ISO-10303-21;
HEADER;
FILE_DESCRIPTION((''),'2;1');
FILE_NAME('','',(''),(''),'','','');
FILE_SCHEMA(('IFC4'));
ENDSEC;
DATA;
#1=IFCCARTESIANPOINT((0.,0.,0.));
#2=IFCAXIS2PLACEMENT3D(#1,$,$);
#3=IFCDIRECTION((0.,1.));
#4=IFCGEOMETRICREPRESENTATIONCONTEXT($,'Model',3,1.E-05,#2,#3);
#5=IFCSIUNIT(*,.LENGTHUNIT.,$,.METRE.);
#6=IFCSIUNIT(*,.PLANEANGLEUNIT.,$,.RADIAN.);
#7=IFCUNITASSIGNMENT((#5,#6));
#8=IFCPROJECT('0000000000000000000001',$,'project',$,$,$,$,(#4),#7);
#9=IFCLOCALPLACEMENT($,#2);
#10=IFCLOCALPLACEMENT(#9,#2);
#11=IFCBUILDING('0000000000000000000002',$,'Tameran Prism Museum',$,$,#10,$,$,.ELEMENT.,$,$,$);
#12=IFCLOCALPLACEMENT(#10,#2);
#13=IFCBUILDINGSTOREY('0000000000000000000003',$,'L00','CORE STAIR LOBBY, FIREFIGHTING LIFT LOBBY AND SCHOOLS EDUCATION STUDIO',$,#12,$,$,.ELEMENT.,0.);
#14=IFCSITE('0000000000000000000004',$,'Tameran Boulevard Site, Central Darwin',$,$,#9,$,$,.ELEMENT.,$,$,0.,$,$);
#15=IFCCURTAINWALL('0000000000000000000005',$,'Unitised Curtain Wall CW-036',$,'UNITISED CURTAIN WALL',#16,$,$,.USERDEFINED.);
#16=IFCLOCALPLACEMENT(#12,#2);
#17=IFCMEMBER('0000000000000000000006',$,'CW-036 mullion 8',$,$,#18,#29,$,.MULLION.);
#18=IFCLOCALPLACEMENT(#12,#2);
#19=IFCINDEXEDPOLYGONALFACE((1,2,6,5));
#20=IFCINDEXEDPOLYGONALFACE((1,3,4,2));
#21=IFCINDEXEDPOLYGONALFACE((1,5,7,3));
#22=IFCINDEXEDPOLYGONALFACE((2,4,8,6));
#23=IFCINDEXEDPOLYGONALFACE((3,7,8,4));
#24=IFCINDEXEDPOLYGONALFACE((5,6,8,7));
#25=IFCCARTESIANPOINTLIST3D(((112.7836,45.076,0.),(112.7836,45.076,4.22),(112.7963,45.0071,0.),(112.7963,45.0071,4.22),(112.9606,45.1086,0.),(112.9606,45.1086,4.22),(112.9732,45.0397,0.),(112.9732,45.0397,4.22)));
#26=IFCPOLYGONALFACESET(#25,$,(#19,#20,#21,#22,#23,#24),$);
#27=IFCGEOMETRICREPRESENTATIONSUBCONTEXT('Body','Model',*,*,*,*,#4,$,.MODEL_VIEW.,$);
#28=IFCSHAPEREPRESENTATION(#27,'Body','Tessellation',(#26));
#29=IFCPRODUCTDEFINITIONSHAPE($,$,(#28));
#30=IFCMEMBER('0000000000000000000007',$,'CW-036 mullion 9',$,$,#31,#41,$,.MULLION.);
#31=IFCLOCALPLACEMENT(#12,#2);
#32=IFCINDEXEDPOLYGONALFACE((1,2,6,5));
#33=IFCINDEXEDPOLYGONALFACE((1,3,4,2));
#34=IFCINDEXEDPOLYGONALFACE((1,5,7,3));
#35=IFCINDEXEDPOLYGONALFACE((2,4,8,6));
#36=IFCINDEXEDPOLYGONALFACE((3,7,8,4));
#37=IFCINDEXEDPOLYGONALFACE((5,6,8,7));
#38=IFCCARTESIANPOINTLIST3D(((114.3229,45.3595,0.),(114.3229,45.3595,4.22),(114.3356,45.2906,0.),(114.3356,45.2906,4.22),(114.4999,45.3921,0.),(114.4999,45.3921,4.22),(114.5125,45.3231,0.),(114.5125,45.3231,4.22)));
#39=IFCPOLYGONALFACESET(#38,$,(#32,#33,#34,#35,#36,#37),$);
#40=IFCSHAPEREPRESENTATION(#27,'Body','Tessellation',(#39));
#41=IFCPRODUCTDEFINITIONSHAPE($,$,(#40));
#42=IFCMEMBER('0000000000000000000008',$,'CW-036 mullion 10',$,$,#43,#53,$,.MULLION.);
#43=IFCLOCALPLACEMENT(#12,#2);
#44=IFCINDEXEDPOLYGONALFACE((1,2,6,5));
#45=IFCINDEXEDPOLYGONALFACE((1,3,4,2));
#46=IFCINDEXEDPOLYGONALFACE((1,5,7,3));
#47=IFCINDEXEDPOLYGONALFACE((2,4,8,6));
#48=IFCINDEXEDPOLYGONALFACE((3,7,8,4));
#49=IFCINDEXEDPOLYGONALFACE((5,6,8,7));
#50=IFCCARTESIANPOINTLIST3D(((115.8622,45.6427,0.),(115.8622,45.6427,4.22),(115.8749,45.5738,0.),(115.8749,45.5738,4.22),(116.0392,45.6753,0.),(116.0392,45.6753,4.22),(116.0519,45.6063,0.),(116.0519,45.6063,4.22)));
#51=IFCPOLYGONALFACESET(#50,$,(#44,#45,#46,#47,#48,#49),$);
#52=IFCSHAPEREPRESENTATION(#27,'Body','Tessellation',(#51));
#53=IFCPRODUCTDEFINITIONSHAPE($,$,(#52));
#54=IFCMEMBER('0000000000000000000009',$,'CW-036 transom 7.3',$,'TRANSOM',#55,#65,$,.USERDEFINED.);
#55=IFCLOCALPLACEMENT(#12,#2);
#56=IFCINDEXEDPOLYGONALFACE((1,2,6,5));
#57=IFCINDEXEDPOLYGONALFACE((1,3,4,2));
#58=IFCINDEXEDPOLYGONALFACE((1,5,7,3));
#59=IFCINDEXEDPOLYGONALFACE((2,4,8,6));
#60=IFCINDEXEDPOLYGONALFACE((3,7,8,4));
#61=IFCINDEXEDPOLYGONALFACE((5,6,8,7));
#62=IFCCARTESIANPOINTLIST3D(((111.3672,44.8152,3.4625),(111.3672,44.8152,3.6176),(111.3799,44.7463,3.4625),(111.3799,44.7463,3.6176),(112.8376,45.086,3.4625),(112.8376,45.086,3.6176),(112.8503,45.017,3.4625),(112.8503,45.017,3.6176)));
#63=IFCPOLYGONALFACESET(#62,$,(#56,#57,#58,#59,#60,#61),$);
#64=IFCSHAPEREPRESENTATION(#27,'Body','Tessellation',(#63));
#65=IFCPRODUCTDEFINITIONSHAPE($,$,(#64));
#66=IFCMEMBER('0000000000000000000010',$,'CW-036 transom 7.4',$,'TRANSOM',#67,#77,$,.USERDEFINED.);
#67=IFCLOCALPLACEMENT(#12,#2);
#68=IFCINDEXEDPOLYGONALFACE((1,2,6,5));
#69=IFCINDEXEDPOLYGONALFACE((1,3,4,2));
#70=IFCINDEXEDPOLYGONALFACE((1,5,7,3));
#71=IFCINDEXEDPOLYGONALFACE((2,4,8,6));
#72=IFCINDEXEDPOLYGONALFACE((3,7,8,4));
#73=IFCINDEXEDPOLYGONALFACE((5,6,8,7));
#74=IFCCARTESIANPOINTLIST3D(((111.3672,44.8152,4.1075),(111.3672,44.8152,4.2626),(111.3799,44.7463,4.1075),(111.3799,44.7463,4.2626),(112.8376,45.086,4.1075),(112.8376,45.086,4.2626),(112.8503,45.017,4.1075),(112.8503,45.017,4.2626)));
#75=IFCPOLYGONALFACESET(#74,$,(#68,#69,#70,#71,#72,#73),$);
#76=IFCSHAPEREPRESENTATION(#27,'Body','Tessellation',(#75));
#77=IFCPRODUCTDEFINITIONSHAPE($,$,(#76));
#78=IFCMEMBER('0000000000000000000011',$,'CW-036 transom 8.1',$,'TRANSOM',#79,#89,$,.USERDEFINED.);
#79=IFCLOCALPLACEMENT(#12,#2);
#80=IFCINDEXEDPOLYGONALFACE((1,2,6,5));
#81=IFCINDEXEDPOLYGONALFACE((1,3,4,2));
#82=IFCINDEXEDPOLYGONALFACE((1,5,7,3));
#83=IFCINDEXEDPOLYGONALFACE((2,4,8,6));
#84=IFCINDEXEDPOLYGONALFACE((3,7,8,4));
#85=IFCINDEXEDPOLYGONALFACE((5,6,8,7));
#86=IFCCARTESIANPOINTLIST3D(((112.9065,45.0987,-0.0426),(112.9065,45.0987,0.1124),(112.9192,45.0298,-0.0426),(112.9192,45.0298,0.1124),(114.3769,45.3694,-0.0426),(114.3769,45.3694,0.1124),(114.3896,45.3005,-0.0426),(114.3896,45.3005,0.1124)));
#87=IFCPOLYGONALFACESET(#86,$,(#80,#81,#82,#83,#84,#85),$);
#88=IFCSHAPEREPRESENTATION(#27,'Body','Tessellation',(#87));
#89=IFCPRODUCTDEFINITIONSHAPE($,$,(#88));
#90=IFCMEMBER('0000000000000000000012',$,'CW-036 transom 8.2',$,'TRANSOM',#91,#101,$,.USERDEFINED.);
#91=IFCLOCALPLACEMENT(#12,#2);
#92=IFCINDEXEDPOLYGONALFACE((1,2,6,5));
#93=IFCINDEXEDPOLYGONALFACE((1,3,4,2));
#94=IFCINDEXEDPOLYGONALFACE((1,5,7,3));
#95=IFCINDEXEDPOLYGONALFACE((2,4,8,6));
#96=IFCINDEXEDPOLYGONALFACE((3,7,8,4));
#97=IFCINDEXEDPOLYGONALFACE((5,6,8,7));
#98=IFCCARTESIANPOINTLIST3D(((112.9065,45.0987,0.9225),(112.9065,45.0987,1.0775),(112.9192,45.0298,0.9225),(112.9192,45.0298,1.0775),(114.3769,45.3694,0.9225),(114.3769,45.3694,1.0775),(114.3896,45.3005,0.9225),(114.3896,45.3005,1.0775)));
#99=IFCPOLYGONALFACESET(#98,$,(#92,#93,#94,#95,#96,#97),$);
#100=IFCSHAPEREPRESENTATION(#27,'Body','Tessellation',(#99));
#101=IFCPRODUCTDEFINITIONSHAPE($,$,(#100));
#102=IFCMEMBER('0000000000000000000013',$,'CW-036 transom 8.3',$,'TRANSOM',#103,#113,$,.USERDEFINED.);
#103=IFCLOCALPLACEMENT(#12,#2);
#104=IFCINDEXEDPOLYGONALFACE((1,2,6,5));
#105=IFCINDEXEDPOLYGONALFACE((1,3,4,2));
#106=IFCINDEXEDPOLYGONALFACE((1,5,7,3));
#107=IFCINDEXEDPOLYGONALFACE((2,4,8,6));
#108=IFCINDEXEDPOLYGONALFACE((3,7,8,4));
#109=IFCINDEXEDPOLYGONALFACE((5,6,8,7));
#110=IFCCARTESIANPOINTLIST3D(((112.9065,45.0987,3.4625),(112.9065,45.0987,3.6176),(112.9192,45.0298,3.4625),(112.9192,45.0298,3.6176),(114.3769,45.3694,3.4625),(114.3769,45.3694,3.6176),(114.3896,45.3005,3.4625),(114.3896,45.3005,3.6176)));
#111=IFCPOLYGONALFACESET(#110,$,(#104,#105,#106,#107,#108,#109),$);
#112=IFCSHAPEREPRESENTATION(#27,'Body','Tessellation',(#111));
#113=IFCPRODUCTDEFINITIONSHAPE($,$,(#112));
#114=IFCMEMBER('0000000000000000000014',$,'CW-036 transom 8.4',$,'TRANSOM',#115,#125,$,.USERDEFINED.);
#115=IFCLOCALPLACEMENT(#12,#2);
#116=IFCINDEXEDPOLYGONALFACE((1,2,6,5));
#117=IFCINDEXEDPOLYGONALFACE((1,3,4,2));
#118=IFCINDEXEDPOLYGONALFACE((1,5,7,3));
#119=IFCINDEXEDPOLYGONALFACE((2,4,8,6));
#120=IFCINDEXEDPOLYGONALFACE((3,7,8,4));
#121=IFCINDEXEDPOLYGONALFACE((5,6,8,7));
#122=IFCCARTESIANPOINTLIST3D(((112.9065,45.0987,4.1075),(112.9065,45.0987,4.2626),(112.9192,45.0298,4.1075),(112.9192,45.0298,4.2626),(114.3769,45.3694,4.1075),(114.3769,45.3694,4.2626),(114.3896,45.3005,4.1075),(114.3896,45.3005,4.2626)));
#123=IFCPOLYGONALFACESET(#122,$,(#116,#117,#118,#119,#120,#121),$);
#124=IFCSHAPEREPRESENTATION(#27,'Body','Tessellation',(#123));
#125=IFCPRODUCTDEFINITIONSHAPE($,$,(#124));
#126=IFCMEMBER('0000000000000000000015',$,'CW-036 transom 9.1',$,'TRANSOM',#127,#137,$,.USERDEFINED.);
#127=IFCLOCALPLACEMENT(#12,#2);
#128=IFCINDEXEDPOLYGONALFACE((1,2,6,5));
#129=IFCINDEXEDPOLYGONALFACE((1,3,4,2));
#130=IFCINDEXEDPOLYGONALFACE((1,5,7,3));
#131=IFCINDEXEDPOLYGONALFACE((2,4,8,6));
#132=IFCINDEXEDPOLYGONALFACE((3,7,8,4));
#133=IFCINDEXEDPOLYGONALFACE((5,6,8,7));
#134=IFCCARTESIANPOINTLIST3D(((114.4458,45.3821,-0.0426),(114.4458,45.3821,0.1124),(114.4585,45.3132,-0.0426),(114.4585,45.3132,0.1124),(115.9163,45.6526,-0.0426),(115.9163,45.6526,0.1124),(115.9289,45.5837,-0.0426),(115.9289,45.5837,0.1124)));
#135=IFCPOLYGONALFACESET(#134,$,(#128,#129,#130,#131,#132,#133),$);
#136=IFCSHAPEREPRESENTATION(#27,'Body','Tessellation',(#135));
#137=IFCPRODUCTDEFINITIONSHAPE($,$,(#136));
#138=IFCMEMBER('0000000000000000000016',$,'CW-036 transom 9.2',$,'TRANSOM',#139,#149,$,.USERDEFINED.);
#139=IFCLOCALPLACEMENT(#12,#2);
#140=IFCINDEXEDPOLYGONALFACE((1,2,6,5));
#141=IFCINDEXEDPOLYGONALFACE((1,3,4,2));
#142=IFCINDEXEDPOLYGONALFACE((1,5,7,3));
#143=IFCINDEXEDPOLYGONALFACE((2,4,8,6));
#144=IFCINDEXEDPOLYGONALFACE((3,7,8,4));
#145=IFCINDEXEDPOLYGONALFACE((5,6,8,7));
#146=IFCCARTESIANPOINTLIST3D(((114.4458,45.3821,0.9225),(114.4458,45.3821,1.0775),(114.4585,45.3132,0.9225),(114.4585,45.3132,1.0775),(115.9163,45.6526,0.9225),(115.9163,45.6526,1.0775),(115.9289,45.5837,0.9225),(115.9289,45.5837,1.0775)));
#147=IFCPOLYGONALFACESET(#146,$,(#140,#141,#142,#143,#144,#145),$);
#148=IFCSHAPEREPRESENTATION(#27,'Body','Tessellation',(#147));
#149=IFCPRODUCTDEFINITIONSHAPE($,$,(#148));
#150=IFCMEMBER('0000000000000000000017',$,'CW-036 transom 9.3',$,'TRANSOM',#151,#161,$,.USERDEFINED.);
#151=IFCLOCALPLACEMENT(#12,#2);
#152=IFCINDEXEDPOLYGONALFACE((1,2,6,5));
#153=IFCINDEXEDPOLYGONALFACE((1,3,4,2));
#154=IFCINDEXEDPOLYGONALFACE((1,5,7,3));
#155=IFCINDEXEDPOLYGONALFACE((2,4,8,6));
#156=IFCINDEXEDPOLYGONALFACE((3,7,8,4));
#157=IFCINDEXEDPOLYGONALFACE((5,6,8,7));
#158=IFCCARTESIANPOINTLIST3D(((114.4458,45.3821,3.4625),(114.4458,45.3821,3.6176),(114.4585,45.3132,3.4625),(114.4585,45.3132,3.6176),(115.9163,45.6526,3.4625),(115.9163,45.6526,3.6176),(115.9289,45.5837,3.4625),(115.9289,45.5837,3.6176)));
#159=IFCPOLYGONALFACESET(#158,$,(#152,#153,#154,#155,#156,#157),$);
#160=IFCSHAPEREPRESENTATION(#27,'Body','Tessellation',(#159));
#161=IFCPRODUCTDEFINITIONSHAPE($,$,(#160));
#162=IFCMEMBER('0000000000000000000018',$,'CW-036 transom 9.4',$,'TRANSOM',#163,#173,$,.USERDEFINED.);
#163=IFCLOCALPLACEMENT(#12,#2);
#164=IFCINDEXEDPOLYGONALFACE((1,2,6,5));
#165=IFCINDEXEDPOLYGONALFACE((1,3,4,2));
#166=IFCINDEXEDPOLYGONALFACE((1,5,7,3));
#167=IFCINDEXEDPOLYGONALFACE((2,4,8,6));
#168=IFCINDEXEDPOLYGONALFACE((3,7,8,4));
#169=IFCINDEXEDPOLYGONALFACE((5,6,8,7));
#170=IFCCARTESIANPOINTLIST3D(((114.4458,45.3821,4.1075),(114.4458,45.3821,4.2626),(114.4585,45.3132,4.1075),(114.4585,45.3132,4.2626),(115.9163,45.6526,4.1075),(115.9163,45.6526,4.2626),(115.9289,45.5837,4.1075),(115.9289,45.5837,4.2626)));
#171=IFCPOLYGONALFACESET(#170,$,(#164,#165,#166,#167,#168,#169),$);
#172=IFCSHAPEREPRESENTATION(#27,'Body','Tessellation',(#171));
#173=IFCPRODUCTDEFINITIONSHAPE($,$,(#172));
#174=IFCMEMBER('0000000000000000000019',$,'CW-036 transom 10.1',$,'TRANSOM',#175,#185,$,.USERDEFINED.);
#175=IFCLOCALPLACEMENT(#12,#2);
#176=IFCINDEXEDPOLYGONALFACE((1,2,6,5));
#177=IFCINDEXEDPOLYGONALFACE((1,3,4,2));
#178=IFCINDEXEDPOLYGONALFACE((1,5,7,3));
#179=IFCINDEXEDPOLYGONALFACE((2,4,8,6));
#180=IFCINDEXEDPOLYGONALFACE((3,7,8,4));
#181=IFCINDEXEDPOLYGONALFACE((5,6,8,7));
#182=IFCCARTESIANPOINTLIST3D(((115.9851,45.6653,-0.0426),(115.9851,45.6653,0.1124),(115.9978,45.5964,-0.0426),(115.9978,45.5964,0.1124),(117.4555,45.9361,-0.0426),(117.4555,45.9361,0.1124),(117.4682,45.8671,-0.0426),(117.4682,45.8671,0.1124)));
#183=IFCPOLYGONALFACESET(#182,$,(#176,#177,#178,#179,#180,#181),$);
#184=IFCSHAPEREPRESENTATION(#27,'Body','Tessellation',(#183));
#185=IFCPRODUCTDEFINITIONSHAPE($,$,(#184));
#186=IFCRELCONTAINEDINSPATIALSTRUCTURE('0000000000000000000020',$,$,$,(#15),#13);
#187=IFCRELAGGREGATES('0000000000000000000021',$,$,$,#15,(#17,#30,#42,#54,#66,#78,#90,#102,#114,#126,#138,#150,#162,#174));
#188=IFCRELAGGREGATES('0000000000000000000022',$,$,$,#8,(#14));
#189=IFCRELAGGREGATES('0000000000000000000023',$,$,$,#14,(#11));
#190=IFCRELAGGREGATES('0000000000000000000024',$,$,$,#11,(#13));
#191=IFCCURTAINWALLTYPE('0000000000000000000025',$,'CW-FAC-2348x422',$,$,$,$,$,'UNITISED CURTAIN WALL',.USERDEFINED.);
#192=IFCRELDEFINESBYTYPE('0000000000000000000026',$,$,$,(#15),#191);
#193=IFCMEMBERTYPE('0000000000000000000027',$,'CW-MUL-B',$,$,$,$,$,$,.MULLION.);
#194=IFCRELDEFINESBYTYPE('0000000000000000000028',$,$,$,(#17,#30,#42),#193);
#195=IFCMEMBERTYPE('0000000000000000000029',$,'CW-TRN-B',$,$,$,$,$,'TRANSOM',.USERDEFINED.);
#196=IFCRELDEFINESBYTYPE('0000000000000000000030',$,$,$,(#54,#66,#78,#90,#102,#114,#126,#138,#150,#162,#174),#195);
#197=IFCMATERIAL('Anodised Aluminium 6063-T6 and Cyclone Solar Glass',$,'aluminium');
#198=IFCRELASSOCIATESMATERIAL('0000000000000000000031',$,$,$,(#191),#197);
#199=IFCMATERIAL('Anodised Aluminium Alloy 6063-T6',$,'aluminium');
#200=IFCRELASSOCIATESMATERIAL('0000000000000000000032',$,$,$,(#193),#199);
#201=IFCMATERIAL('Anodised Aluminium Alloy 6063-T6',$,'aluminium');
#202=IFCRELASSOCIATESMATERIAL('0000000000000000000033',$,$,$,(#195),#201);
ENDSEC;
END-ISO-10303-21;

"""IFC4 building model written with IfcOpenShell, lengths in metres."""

from ifc_helpers import new_model, si_unit, direction, frame, origin, origin_2d, place, context, subcontext, project, spatial, rectangle, extrude, material, material_profile, profile_set, type_object, element, aggregate, save


model = new_model("IFC4")

# Units and contexts
model_context = context("Model", 3, precision=1e-05, world=origin(), true_north=direction((0.0, 1.0)))
body_context = subcontext(model_context, "Body", "Model", "MODEL_VIEW")
ifc_project = project(units=[si_unit("LENGTHUNIT", "METRE"), si_unit("PLANEANGLEUNIT", "RADIAN")], contexts=[model_context])

# Site, building, storey
site_placement = place(None, origin())
site = spatial("IfcSite", under=ifc_project, at=site_placement, Name="Tameran Boulevard Site, Central Darwin", CompositionType="ELEMENT", RefElevation=0.0)
building_placement = place(site_placement, origin())
building = spatial("IfcBuilding", under=site, at=building_placement, Name="Tameran Prism Museum", CompositionType="ELEMENT")
storey_placement = place(building_placement, origin())
storey = spatial("IfcBuildingStorey", under=building, at=storey_placement, Name="L00", Description="CORE STAIR LOBBY, FIREFIGHTING LIFT LOBBY AND SCHOOLS EDUCATION STUDIO", CompositionType="ELEMENT", Elevation=0.0)

# Curtain wall, members
ifc_material_1 = material(Name="Anodised Aluminium 6063-T6 and Cyclone Solar Glass", Category="aluminium")
curtain_wall_type = type_object("IfcCurtainWallType", Name="CW-FAC-2348x422", ElementType="UNITISED CURTAIN WALL", PredefinedType="USERDEFINED", material=ifc_material_1)
curtain_wall_placement = place(storey_placement, origin())
curtain_wall = element("IfcCurtainWall", 1, at=curtain_wall_placement, inside=storey, type_object=curtain_wall_type, Name="Unitised Curtain Wall CW-036", ObjectType="UNITISED CURTAIN WALL", PredefinedType="USERDEFINED")
ifc_material_2 = material(Name="Anodised Aluminium Alloy 6063-T6", Category="aluminium")
ifc_material_profile_1 = material_profile(ifc_material_2, rectangle(XDim=0.0701, YDim=0.1799, at=origin_2d()))
ifc_profile_set_1 = profile_set([ifc_material_profile_1])
member_type_1 = type_object("IfcMemberType", Name="CW-MUL-B", PredefinedType="MULLION", material=ifc_profile_set_1)
member_1_placement = place(storey_placement, frame((112.8784, 45.0579, 0.0), z_axis=(0.0, 0.0, 1.0), x_axis=(-0.181063, 0.983472, 0.0)))
member_1 = element("IfcMember", 2, at=member_1_placement, type_object=member_type_1, Name="CW-036 mullion 8", PredefinedType="MULLION", context=body_context, shape_type="SweptSolid", body=[
    extrude(rectangle(XDim=0.0701, YDim=0.1799, at=origin_2d()), origin(), (0.0, 0.0, 1.0), 4.22),
])
member_2_placement = place(storey_placement, frame((114.4177, 45.3413, 0.0), z_axis=(0.0, 0.0, 1.0), x_axis=(-0.181063, 0.983472, 0.0)))
member_2 = element("IfcMember", 3, at=member_2_placement, type_object=member_type_1, Name="CW-036 mullion 9", PredefinedType="MULLION", context=body_context, shape_type="SweptSolid", body=[
    extrude(rectangle(XDim=0.0701, YDim=0.1799, at=origin_2d()), origin(), (0.0, 0.0, 1.0), 4.22),
])
member_3_placement = place(storey_placement, frame((115.957, 45.6245, 0.0), z_axis=(0.0, 0.0, 1.0), x_axis=(-0.181063, 0.983472, 0.0)))
member_3 = element("IfcMember", 4, at=member_3_placement, type_object=member_type_1, Name="CW-036 mullion 10", PredefinedType="MULLION", context=body_context, shape_type="SweptSolid", body=[
    extrude(rectangle(XDim=0.0701, YDim=0.1799, at=origin_2d()), origin(), (0.0, 0.0, 1.0), 4.22),
])
ifc_material_3 = material(Name="Anodised Aluminium Alloy 6063-T6", Category="aluminium")
ifc_material_profile_2 = material_profile(ifc_material_3, rectangle(XDim=0.0701, YDim=0.155, at=origin_2d()))
ifc_profile_set_2 = profile_set([ifc_material_profile_2])
member_type_2 = type_object("IfcMemberType", Name="CW-TRN-B", ElementType="TRANSOM", PredefinedType="USERDEFINED", material=ifc_profile_set_2)
member_4_placement = place(storey_placement, frame((111.3735, 44.7808, 3.54), z_axis=(0.983468, 0.181083, 0.0), x_axis=(-0.181083, 0.983468, 0.0)))
member_4 = element("IfcMember", 5, at=member_4_placement, type_object=member_type_2, Name="CW-036 transom 7.3", ObjectType="TRANSOM", PredefinedType="USERDEFINED", context=body_context, shape_type="SweptSolid", body=[
    extrude(rectangle(XDim=0.0701, YDim=0.155, at=origin_2d()), origin(), (0.0, 0.0, 1.0), 1.4951),
])
member_5_placement = place(storey_placement, frame((111.3735, 44.7808, 4.1851), z_axis=(0.983468, 0.181083, 0.0), x_axis=(-0.181083, 0.983468, 0.0)))
member_5 = element("IfcMember", 6, at=member_5_placement, type_object=member_type_2, Name="CW-036 transom 7.4", ObjectType="TRANSOM", PredefinedType="USERDEFINED", context=body_context, shape_type="SweptSolid", body=[
    extrude(rectangle(XDim=0.0701, YDim=0.155, at=origin_2d()), origin(), (0.0, 0.0, 1.0), 1.4951),
])
member_6_placement = place(storey_placement, frame((112.9128, 45.0642, 0.0349), z_axis=(0.983468, 0.181083, 0.0), x_axis=(-0.181083, 0.983468, 0.0)))
member_6 = element("IfcMember", 7, at=member_6_placement, type_object=member_type_2, Name="CW-036 transom 8.1", ObjectType="TRANSOM", PredefinedType="USERDEFINED", context=body_context, shape_type="SweptSolid", body=[
    extrude(rectangle(XDim=0.0701, YDim=0.155, at=origin_2d()), origin(), (0.0, 0.0, 1.0), 1.4951),
])
member_7_placement = place(storey_placement, frame((112.9128, 45.0642, 1.0), z_axis=(0.983468, 0.181083, 0.0), x_axis=(-0.181083, 0.983468, 0.0)))
member_7 = element("IfcMember", 8, at=member_7_placement, type_object=member_type_2, Name="CW-036 transom 8.2", ObjectType="TRANSOM", PredefinedType="USERDEFINED", context=body_context, shape_type="SweptSolid", body=[
    extrude(rectangle(XDim=0.0701, YDim=0.155, at=origin_2d()), origin(), (0.0, 0.0, 1.0), 1.4951),
])
member_8_placement = place(storey_placement, frame((112.9128, 45.0642, 3.54), z_axis=(0.983468, 0.181083, 0.0), x_axis=(-0.181083, 0.983468, 0.0)))
member_8 = element("IfcMember", 9, at=member_8_placement, type_object=member_type_2, Name="CW-036 transom 8.3", ObjectType="TRANSOM", PredefinedType="USERDEFINED", context=body_context, shape_type="SweptSolid", body=[
    extrude(rectangle(XDim=0.0701, YDim=0.155, at=origin_2d()), origin(), (0.0, 0.0, 1.0), 1.4951),
])
member_9_placement = place(storey_placement, frame((112.9128, 45.0642, 4.1851), z_axis=(0.983468, 0.181083, 0.0), x_axis=(-0.181083, 0.983468, 0.0)))
member_9 = element("IfcMember", 10, at=member_9_placement, type_object=member_type_2, Name="CW-036 transom 8.4", ObjectType="TRANSOM", PredefinedType="USERDEFINED", context=body_context, shape_type="SweptSolid", body=[
    extrude(rectangle(XDim=0.0701, YDim=0.155, at=origin_2d()), origin(), (0.0, 0.0, 1.0), 1.4951),
])
member_10_placement = place(storey_placement, frame((114.4521, 45.3477, 0.0349), z_axis=(0.983497, 0.180926, 0.0), x_axis=(-0.180926, 0.983497, 0.0)))
member_10 = element("IfcMember", 11, at=member_10_placement, type_object=member_type_2, Name="CW-036 transom 9.1", ObjectType="TRANSOM", PredefinedType="USERDEFINED", context=body_context, shape_type="SweptSolid", body=[
    extrude(rectangle(XDim=0.0701, YDim=0.155, at=origin_2d()), origin(), (0.0, 0.0, 1.0), 1.4951),
])
member_11_placement = place(storey_placement, frame((114.4521, 45.3477, 1.0), z_axis=(0.983497, 0.180926, 0.0), x_axis=(-0.180926, 0.983497, 0.0)))
member_11 = element("IfcMember", 12, at=member_11_placement, type_object=member_type_2, Name="CW-036 transom 9.2", ObjectType="TRANSOM", PredefinedType="USERDEFINED", context=body_context, shape_type="SweptSolid", body=[
    extrude(rectangle(XDim=0.0701, YDim=0.155, at=origin_2d()), origin(), (0.0, 0.0, 1.0), 1.4951),
])
member_12_placement = place(storey_placement, frame((114.4521, 45.3477, 3.54), z_axis=(0.983497, 0.180926, 0.0), x_axis=(-0.180926, 0.983497, 0.0)))
member_12 = element("IfcMember", 13, at=member_12_placement, type_object=member_type_2, Name="CW-036 transom 9.3", ObjectType="TRANSOM", PredefinedType="USERDEFINED", context=body_context, shape_type="SweptSolid", body=[
    extrude(rectangle(XDim=0.0701, YDim=0.155, at=origin_2d()), origin(), (0.0, 0.0, 1.0), 1.4951),
])
member_13_placement = place(storey_placement, frame((114.4521, 45.3477, 4.1851), z_axis=(0.983497, 0.180926, 0.0), x_axis=(-0.180926, 0.983497, 0.0)))
member_13 = element("IfcMember", 14, at=member_13_placement, type_object=member_type_2, Name="CW-036 transom 9.4", ObjectType="TRANSOM", PredefinedType="USERDEFINED", context=body_context, shape_type="SweptSolid", body=[
    extrude(rectangle(XDim=0.0701, YDim=0.155, at=origin_2d()), origin(), (0.0, 0.0, 1.0), 1.4951),
])
member_14_placement = place(storey_placement, frame((115.9915, 45.6309, 0.0349), z_axis=(0.983468, 0.181083, 0.0), x_axis=(-0.181083, 0.983468, 0.0)))
member_14 = element("IfcMember", 15, at=member_14_placement, type_object=member_type_2, Name="CW-036 transom 10.1", ObjectType="TRANSOM", PredefinedType="USERDEFINED", context=body_context, shape_type="SweptSolid", body=[
    extrude(rectangle(XDim=0.0701, YDim=0.155, at=origin_2d()), origin(), (0.0, 0.0, 1.0), 1.4951),
])
aggregate(curtain_wall, [member_1, member_2, member_3, member_4, member_5, member_6, member_7, member_8, member_9, member_10, member_11, member_12, member_13, member_14])

save(model, "model.ifc")
